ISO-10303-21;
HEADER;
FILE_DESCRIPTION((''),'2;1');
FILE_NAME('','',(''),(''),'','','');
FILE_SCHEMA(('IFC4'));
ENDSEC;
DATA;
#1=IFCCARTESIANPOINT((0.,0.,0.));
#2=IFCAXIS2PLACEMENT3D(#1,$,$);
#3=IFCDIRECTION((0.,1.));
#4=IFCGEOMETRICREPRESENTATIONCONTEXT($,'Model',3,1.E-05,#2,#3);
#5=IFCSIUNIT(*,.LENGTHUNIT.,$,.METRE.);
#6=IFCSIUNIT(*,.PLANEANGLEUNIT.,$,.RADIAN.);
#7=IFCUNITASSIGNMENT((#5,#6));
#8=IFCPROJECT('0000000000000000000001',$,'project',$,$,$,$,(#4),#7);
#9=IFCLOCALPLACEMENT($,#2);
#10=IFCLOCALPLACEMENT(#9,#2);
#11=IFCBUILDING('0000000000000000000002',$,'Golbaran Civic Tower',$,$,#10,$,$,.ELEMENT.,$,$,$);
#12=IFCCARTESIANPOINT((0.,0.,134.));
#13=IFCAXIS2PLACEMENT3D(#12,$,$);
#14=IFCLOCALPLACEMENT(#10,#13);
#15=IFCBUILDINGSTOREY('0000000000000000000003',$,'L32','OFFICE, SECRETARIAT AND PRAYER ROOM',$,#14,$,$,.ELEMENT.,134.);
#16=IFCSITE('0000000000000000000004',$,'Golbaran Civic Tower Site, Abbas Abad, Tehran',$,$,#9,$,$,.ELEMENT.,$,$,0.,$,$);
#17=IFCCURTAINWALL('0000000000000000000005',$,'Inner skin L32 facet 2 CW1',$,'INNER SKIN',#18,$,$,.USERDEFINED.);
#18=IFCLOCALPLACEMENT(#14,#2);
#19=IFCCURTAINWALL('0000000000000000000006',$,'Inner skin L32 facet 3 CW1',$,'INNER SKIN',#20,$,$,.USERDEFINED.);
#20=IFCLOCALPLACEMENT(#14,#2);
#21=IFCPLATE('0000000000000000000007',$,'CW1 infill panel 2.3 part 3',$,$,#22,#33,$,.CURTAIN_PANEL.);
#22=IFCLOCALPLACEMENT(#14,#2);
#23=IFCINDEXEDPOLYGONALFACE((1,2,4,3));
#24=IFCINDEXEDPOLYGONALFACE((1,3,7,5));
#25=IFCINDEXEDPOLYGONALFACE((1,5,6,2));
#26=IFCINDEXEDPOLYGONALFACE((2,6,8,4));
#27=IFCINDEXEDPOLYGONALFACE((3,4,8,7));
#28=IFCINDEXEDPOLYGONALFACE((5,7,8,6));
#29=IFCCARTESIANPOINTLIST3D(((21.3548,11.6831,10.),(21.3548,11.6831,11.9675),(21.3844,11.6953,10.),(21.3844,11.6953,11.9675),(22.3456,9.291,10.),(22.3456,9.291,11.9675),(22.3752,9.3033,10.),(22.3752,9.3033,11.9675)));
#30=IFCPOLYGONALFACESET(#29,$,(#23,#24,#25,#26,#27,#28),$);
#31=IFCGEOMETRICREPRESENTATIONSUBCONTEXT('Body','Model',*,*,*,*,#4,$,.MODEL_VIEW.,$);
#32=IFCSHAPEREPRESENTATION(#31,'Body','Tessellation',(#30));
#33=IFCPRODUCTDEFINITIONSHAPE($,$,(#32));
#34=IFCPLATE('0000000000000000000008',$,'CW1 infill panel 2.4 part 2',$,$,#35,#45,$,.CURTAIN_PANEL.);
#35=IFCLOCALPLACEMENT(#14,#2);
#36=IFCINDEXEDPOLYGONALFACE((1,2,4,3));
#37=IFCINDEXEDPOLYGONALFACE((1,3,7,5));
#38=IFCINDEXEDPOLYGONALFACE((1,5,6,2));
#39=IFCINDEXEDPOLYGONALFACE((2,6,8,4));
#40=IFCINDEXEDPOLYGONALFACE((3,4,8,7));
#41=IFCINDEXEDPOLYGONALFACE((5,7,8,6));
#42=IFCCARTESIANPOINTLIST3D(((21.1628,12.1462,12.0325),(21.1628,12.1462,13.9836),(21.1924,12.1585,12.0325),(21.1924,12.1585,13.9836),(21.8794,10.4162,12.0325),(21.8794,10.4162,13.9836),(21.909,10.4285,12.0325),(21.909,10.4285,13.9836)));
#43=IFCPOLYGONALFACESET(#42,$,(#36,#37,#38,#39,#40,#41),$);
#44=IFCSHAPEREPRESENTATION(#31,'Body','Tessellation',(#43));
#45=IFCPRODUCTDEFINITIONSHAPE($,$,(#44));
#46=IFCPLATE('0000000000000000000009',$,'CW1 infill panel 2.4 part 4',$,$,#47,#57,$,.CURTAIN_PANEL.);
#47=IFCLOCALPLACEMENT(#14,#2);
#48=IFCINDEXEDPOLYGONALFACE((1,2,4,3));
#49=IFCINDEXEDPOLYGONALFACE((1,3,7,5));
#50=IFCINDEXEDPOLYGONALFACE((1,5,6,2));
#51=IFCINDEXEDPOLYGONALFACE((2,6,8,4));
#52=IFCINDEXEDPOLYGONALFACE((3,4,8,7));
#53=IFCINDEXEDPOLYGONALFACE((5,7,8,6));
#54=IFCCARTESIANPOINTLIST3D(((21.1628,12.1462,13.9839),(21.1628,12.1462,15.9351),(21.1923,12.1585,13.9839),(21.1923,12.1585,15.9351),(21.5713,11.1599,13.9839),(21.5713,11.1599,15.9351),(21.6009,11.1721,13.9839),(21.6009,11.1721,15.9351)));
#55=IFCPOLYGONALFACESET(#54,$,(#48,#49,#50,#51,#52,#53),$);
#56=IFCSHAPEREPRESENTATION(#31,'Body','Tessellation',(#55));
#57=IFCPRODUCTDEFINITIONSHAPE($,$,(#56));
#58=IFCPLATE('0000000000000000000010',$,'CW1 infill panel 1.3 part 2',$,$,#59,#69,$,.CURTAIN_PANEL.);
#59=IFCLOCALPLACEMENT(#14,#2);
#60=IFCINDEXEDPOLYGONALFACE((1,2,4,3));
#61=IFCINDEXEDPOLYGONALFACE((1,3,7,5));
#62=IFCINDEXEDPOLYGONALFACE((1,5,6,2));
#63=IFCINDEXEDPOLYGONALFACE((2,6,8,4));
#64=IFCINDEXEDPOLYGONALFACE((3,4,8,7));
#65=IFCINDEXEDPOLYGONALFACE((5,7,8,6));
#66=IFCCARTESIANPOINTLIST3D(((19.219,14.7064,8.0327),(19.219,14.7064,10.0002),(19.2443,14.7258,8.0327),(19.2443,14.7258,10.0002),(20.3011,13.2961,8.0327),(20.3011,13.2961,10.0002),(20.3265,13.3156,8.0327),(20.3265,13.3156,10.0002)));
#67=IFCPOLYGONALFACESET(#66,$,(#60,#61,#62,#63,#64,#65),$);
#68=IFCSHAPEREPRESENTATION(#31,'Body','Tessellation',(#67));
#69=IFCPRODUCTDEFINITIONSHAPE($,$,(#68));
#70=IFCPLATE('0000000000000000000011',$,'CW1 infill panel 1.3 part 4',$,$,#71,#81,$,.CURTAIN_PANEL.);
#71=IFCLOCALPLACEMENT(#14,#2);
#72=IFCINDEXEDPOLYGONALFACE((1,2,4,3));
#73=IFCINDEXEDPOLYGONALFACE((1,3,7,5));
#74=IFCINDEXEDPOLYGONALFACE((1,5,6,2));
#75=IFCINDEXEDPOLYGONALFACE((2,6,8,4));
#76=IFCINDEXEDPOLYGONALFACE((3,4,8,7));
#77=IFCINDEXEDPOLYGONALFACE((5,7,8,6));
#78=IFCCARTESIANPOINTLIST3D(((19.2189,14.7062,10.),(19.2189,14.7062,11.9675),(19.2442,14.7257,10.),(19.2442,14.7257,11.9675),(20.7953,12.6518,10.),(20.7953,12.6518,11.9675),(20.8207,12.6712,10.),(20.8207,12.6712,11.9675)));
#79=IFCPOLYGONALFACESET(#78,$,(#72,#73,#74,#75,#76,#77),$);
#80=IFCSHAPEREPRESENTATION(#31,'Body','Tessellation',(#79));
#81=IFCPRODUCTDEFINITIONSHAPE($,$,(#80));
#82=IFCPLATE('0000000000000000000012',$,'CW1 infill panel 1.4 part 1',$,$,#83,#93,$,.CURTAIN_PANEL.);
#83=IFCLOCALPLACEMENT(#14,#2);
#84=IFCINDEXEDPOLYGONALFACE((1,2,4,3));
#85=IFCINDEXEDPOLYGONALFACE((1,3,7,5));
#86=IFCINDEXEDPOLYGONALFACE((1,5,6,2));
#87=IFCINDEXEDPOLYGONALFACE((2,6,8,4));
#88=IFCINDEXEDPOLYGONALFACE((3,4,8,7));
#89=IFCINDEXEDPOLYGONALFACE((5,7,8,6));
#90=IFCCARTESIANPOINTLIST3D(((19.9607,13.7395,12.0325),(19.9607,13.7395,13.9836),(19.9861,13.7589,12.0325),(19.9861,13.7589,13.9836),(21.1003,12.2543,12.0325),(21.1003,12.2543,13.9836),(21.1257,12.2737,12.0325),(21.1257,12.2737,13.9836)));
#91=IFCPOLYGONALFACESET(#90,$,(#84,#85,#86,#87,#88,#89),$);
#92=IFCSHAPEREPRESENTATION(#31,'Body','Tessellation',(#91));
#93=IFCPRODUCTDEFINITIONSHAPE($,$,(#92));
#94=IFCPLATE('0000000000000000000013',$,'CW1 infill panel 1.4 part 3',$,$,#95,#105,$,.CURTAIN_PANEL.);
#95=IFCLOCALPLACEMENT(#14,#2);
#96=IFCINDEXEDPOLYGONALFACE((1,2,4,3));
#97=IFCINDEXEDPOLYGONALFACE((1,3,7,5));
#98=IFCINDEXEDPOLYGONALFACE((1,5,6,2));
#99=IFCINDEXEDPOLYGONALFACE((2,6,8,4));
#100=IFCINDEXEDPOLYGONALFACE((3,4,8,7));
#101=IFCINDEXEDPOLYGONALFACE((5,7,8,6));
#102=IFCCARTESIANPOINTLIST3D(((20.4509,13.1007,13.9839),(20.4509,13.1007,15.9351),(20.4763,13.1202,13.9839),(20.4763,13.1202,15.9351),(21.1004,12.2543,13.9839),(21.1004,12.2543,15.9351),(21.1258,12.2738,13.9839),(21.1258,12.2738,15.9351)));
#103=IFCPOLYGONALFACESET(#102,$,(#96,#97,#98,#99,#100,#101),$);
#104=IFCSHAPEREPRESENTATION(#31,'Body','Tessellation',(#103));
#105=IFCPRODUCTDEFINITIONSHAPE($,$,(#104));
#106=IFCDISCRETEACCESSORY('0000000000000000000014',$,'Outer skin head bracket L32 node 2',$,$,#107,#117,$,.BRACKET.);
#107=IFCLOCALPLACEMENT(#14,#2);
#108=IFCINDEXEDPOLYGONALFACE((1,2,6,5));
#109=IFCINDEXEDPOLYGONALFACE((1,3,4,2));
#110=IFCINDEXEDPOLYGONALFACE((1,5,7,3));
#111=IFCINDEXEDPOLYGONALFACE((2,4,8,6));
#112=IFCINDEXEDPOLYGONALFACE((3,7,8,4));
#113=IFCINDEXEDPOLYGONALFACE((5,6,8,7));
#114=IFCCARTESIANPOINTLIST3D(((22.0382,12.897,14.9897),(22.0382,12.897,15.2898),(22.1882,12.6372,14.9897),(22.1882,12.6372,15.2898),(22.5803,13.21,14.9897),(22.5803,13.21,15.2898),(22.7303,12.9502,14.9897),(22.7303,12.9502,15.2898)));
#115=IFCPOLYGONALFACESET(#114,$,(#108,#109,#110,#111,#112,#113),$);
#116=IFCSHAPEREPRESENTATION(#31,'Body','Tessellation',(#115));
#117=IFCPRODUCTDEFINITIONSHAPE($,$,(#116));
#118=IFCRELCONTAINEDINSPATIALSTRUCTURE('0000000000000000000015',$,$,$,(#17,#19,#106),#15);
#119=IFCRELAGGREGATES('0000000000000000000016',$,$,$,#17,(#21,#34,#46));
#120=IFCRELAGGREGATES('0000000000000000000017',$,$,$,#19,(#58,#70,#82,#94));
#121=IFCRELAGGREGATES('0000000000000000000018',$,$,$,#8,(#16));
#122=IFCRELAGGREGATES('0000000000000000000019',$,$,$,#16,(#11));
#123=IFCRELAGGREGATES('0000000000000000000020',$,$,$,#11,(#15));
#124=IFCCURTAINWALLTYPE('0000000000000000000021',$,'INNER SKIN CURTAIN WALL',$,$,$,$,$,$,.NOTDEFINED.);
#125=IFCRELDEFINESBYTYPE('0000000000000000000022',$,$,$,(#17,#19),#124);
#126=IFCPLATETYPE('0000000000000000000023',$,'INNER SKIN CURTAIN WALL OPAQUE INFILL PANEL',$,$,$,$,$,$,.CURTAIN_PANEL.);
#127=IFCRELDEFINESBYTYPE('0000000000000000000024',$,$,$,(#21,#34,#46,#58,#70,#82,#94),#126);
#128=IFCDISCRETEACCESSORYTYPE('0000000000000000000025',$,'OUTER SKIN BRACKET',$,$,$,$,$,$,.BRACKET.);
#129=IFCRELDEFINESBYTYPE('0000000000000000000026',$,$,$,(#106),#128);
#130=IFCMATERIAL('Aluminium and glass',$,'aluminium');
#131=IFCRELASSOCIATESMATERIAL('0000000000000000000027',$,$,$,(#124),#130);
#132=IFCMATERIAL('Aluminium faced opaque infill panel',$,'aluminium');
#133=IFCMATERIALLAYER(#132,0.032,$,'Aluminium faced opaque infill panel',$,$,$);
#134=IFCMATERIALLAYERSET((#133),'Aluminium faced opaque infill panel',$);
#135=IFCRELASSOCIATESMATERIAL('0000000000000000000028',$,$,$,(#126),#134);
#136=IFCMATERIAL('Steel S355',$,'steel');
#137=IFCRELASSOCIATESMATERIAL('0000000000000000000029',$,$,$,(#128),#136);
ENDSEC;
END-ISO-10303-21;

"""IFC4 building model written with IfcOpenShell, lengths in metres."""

from ifc_helpers import new_model, si_unit, direction, frame, origin, origin_2d, place, context, subcontext, project, spatial, rectangle, extrude, material, layer, layer_set, type_object, element, aggregate, save


model = new_model("IFC4")

# Units and contexts
model_context = context("Model", 3, precision=1e-05, world=origin(), true_north=direction((0.0, 1.0)))
body_context = subcontext(model_context, "Body", "Model", "MODEL_VIEW")
ifc_project = project(units=[si_unit("LENGTHUNIT", "METRE"), si_unit("PLANEANGLEUNIT", "RADIAN")], contexts=[model_context])

# Site, building, storey
site_placement = place(None, origin())
site = spatial("IfcSite", under=ifc_project, at=site_placement, Name="Golbaran Civic Tower Site, Abbas Abad, Tehran", CompositionType="ELEMENT", RefElevation=0.0)
building_placement = place(site_placement, origin())
building = spatial("IfcBuilding", under=site, at=building_placement, Name="Golbaran Civic Tower", CompositionType="ELEMENT")
storey_placement = place(building_placement, frame((0.0, 0.0, 134.0)))
storey = spatial("IfcBuildingStorey", under=building, at=storey_placement, Name="L32", Description="OFFICE, SECRETARIAT AND PRAYER ROOM", CompositionType="ELEMENT", Elevation=134.0)

# Curtain walls
ifc_material_1 = material(Name="Aluminium and glass", Category="aluminium")
curtain_wall_type = type_object("IfcCurtainWallType", Name="INNER SKIN CURTAIN WALL", PredefinedType="NOTDEFINED", material=ifc_material_1)
curtain_wall_1_placement = place(storey_placement, origin())
curtain_wall_1 = element("IfcCurtainWall", 1, at=curtain_wall_1_placement, inside=storey, type_object=curtain_wall_type, Name="Inner skin L32 facet 2 CW1", ObjectType="INNER SKIN", PredefinedType="USERDEFINED")
curtain_wall_2_placement = place(storey_placement, origin())
curtain_wall_2 = element("IfcCurtainWall", 2, at=curtain_wall_2_placement, inside=storey, type_object=curtain_wall_type, Name="Inner skin L32 facet 3 CW1", ObjectType="INNER SKIN", PredefinedType="USERDEFINED")

# Plates
ifc_material_2 = material(Name="Aluminium faced opaque infill panel", Category="aluminium")
ifc_layer_1 = layer(ifc_material_2, 0.032, Name="Aluminium faced opaque infill panel")
ifc_layer_set_1 = layer_set([ifc_layer_1], Name="Aluminium faced opaque infill panel")
plate_type_1 = type_object("IfcPlateType", Name="INNER SKIN CURTAIN WALL OPAQUE INFILL PANEL", PredefinedType="CURTAIN_PANEL", material=ifc_layer_set_1)
plate_1_placement = place(storey_placement, frame((21.865, 10.4932, 10.0), z_axis=(0.0, 0.0, 1.0), x_axis=(-0.382683, 0.92388, 0.0)))
plate_1 = element("IfcPlate", 3, at=plate_1_placement, type_object=plate_type_1, Name="CW1 infill panel 2.3 part 3", PredefinedType="CURTAIN_PANEL", context=body_context, shape_type="SweptSolid", body=[
    extrude(rectangle(XDim=2.5891, YDim=0.032, at=origin_2d()), origin(), (0.0, 0.0, 1.0), 1.9675),
])
plate_2_placement = place(storey_placement, frame((21.5359, 11.2874, 12.0325), z_axis=(0.0, 0.0, 1.0), x_axis=(-0.382683, 0.92388, 0.0)))
plate_2 = element("IfcPlate", 4, at=plate_2_placement, type_object=plate_type_1, Name="CW1 infill panel 2.4 part 2", PredefinedType="CURTAIN_PANEL", context=body_context, shape_type="SweptSolid", body=[
    extrude(rectangle(XDim=1.8726, YDim=0.032, at=origin_2d()), origin(), (0.0, 0.0, 1.0), 1.9512),
])
plate_3_placement = place(storey_placement, frame((21.3818, 11.6592, 13.9839), z_axis=(0.0, 0.0, 1.0), x_axis=(-0.382683, 0.92388, 0.0)))
plate_3 = element("IfcPlate", 5, at=plate_3_placement, type_object=plate_type_1, Name="CW1 infill panel 2.4 part 4", PredefinedType="CURTAIN_PANEL", context=body_context, shape_type="SweptSolid", body=[
    extrude(rectangle(XDim=1.0676, YDim=0.032, at=origin_2d()), origin(), (0.0, 0.0, 1.0), 1.9512),
])
aggregate(curtain_wall_1, [plate_1, plate_2, plate_3])
plate_4_placement = place(storey_placement, frame((19.7727, 14.011, 8.0327), z_axis=(0.0, 0.0, 1.0), x_axis=(-0.608761, 0.793353, 0.0)))
plate_4 = element("IfcPlate", 6, at=plate_4_placement, type_object=plate_type_1, Name="CW1 infill panel 1.3 part 2", PredefinedType="CURTAIN_PANEL", context=body_context, shape_type="SweptSolid", body=[
    extrude(rectangle(XDim=1.7776, YDim=0.032, at=origin_2d()), origin(), (0.0, 0.0, 1.0), 1.9675),
])
plate_5_placement = place(storey_placement, frame((20.0198, 13.6887, 10.0), z_axis=(0.0, 0.0, 1.0), x_axis=(-0.608761, 0.793353, 0.0)))
plate_5 = element("IfcPlate", 7, at=plate_5_placement, type_object=plate_type_1, Name="CW1 infill panel 1.3 part 4", PredefinedType="CURTAIN_PANEL", context=body_context, shape_type="SweptSolid", body=[
    extrude(rectangle(XDim=2.5896, YDim=0.032, at=origin_2d()), origin(), (0.0, 0.0, 1.0), 1.9675),
])
plate_6_placement = place(storey_placement, frame((20.5432, 13.0066, 12.0325), z_axis=(0.0, 0.0, 1.0), x_axis=(-0.608761, 0.793353, 0.0)))
plate_6 = element("IfcPlate", 8, at=plate_6_placement, type_object=plate_type_1, Name="CW1 infill panel 1.4 part 1", PredefinedType="CURTAIN_PANEL", context=body_context, shape_type="SweptSolid", body=[
    extrude(rectangle(XDim=1.8721, YDim=0.032, at=origin_2d()), origin(), (0.0, 0.0, 1.0), 1.9512),
])
plate_7_placement = place(storey_placement, frame((20.7883, 12.6873, 13.9839), z_axis=(0.0, 0.0, 1.0), x_axis=(-0.608761, 0.793353, 0.0)))
plate_7 = element("IfcPlate", 9, at=plate_7_placement, type_object=plate_type_1, Name="CW1 infill panel 1.4 part 3", PredefinedType="CURTAIN_PANEL", context=body_context, shape_type="SweptSolid", body=[
    extrude(rectangle(XDim=1.0669, YDim=0.032, at=origin_2d()), origin(), (0.0, 0.0, 1.0), 1.9512),
])
aggregate(curtain_wall_2, [plate_4, plate_5, plate_6, plate_7])

# Discrete accessory
ifc_material_3 = material(Name="Steel S355", Category="steel")
discrete_accessory_type = type_object("IfcDiscreteAccessoryType", Name="OUTER SKIN BRACKET", PredefinedType="BRACKET", material=ifc_material_3)
discrete_accessory_placement = place(storey_placement, frame((22.3843, 12.9236, 14.9897), z_axis=(0.0, 0.0, 1.0), x_axis=(0.866025, 0.5, 0.0)))
element("IfcDiscreteAccessory", 10, at=discrete_accessory_placement, inside=storey, type_object=discrete_accessory_type, Name="Outer skin head bracket L32 node 2", PredefinedType="BRACKET", context=body_context, shape_type="SweptSolid", body=[
    extrude(rectangle(XDim=0.626, YDim=0.3, at=origin_2d()), origin(), (0.0, 0.0, 1.0), 0.3),
])

save(model, "model.ifc")
